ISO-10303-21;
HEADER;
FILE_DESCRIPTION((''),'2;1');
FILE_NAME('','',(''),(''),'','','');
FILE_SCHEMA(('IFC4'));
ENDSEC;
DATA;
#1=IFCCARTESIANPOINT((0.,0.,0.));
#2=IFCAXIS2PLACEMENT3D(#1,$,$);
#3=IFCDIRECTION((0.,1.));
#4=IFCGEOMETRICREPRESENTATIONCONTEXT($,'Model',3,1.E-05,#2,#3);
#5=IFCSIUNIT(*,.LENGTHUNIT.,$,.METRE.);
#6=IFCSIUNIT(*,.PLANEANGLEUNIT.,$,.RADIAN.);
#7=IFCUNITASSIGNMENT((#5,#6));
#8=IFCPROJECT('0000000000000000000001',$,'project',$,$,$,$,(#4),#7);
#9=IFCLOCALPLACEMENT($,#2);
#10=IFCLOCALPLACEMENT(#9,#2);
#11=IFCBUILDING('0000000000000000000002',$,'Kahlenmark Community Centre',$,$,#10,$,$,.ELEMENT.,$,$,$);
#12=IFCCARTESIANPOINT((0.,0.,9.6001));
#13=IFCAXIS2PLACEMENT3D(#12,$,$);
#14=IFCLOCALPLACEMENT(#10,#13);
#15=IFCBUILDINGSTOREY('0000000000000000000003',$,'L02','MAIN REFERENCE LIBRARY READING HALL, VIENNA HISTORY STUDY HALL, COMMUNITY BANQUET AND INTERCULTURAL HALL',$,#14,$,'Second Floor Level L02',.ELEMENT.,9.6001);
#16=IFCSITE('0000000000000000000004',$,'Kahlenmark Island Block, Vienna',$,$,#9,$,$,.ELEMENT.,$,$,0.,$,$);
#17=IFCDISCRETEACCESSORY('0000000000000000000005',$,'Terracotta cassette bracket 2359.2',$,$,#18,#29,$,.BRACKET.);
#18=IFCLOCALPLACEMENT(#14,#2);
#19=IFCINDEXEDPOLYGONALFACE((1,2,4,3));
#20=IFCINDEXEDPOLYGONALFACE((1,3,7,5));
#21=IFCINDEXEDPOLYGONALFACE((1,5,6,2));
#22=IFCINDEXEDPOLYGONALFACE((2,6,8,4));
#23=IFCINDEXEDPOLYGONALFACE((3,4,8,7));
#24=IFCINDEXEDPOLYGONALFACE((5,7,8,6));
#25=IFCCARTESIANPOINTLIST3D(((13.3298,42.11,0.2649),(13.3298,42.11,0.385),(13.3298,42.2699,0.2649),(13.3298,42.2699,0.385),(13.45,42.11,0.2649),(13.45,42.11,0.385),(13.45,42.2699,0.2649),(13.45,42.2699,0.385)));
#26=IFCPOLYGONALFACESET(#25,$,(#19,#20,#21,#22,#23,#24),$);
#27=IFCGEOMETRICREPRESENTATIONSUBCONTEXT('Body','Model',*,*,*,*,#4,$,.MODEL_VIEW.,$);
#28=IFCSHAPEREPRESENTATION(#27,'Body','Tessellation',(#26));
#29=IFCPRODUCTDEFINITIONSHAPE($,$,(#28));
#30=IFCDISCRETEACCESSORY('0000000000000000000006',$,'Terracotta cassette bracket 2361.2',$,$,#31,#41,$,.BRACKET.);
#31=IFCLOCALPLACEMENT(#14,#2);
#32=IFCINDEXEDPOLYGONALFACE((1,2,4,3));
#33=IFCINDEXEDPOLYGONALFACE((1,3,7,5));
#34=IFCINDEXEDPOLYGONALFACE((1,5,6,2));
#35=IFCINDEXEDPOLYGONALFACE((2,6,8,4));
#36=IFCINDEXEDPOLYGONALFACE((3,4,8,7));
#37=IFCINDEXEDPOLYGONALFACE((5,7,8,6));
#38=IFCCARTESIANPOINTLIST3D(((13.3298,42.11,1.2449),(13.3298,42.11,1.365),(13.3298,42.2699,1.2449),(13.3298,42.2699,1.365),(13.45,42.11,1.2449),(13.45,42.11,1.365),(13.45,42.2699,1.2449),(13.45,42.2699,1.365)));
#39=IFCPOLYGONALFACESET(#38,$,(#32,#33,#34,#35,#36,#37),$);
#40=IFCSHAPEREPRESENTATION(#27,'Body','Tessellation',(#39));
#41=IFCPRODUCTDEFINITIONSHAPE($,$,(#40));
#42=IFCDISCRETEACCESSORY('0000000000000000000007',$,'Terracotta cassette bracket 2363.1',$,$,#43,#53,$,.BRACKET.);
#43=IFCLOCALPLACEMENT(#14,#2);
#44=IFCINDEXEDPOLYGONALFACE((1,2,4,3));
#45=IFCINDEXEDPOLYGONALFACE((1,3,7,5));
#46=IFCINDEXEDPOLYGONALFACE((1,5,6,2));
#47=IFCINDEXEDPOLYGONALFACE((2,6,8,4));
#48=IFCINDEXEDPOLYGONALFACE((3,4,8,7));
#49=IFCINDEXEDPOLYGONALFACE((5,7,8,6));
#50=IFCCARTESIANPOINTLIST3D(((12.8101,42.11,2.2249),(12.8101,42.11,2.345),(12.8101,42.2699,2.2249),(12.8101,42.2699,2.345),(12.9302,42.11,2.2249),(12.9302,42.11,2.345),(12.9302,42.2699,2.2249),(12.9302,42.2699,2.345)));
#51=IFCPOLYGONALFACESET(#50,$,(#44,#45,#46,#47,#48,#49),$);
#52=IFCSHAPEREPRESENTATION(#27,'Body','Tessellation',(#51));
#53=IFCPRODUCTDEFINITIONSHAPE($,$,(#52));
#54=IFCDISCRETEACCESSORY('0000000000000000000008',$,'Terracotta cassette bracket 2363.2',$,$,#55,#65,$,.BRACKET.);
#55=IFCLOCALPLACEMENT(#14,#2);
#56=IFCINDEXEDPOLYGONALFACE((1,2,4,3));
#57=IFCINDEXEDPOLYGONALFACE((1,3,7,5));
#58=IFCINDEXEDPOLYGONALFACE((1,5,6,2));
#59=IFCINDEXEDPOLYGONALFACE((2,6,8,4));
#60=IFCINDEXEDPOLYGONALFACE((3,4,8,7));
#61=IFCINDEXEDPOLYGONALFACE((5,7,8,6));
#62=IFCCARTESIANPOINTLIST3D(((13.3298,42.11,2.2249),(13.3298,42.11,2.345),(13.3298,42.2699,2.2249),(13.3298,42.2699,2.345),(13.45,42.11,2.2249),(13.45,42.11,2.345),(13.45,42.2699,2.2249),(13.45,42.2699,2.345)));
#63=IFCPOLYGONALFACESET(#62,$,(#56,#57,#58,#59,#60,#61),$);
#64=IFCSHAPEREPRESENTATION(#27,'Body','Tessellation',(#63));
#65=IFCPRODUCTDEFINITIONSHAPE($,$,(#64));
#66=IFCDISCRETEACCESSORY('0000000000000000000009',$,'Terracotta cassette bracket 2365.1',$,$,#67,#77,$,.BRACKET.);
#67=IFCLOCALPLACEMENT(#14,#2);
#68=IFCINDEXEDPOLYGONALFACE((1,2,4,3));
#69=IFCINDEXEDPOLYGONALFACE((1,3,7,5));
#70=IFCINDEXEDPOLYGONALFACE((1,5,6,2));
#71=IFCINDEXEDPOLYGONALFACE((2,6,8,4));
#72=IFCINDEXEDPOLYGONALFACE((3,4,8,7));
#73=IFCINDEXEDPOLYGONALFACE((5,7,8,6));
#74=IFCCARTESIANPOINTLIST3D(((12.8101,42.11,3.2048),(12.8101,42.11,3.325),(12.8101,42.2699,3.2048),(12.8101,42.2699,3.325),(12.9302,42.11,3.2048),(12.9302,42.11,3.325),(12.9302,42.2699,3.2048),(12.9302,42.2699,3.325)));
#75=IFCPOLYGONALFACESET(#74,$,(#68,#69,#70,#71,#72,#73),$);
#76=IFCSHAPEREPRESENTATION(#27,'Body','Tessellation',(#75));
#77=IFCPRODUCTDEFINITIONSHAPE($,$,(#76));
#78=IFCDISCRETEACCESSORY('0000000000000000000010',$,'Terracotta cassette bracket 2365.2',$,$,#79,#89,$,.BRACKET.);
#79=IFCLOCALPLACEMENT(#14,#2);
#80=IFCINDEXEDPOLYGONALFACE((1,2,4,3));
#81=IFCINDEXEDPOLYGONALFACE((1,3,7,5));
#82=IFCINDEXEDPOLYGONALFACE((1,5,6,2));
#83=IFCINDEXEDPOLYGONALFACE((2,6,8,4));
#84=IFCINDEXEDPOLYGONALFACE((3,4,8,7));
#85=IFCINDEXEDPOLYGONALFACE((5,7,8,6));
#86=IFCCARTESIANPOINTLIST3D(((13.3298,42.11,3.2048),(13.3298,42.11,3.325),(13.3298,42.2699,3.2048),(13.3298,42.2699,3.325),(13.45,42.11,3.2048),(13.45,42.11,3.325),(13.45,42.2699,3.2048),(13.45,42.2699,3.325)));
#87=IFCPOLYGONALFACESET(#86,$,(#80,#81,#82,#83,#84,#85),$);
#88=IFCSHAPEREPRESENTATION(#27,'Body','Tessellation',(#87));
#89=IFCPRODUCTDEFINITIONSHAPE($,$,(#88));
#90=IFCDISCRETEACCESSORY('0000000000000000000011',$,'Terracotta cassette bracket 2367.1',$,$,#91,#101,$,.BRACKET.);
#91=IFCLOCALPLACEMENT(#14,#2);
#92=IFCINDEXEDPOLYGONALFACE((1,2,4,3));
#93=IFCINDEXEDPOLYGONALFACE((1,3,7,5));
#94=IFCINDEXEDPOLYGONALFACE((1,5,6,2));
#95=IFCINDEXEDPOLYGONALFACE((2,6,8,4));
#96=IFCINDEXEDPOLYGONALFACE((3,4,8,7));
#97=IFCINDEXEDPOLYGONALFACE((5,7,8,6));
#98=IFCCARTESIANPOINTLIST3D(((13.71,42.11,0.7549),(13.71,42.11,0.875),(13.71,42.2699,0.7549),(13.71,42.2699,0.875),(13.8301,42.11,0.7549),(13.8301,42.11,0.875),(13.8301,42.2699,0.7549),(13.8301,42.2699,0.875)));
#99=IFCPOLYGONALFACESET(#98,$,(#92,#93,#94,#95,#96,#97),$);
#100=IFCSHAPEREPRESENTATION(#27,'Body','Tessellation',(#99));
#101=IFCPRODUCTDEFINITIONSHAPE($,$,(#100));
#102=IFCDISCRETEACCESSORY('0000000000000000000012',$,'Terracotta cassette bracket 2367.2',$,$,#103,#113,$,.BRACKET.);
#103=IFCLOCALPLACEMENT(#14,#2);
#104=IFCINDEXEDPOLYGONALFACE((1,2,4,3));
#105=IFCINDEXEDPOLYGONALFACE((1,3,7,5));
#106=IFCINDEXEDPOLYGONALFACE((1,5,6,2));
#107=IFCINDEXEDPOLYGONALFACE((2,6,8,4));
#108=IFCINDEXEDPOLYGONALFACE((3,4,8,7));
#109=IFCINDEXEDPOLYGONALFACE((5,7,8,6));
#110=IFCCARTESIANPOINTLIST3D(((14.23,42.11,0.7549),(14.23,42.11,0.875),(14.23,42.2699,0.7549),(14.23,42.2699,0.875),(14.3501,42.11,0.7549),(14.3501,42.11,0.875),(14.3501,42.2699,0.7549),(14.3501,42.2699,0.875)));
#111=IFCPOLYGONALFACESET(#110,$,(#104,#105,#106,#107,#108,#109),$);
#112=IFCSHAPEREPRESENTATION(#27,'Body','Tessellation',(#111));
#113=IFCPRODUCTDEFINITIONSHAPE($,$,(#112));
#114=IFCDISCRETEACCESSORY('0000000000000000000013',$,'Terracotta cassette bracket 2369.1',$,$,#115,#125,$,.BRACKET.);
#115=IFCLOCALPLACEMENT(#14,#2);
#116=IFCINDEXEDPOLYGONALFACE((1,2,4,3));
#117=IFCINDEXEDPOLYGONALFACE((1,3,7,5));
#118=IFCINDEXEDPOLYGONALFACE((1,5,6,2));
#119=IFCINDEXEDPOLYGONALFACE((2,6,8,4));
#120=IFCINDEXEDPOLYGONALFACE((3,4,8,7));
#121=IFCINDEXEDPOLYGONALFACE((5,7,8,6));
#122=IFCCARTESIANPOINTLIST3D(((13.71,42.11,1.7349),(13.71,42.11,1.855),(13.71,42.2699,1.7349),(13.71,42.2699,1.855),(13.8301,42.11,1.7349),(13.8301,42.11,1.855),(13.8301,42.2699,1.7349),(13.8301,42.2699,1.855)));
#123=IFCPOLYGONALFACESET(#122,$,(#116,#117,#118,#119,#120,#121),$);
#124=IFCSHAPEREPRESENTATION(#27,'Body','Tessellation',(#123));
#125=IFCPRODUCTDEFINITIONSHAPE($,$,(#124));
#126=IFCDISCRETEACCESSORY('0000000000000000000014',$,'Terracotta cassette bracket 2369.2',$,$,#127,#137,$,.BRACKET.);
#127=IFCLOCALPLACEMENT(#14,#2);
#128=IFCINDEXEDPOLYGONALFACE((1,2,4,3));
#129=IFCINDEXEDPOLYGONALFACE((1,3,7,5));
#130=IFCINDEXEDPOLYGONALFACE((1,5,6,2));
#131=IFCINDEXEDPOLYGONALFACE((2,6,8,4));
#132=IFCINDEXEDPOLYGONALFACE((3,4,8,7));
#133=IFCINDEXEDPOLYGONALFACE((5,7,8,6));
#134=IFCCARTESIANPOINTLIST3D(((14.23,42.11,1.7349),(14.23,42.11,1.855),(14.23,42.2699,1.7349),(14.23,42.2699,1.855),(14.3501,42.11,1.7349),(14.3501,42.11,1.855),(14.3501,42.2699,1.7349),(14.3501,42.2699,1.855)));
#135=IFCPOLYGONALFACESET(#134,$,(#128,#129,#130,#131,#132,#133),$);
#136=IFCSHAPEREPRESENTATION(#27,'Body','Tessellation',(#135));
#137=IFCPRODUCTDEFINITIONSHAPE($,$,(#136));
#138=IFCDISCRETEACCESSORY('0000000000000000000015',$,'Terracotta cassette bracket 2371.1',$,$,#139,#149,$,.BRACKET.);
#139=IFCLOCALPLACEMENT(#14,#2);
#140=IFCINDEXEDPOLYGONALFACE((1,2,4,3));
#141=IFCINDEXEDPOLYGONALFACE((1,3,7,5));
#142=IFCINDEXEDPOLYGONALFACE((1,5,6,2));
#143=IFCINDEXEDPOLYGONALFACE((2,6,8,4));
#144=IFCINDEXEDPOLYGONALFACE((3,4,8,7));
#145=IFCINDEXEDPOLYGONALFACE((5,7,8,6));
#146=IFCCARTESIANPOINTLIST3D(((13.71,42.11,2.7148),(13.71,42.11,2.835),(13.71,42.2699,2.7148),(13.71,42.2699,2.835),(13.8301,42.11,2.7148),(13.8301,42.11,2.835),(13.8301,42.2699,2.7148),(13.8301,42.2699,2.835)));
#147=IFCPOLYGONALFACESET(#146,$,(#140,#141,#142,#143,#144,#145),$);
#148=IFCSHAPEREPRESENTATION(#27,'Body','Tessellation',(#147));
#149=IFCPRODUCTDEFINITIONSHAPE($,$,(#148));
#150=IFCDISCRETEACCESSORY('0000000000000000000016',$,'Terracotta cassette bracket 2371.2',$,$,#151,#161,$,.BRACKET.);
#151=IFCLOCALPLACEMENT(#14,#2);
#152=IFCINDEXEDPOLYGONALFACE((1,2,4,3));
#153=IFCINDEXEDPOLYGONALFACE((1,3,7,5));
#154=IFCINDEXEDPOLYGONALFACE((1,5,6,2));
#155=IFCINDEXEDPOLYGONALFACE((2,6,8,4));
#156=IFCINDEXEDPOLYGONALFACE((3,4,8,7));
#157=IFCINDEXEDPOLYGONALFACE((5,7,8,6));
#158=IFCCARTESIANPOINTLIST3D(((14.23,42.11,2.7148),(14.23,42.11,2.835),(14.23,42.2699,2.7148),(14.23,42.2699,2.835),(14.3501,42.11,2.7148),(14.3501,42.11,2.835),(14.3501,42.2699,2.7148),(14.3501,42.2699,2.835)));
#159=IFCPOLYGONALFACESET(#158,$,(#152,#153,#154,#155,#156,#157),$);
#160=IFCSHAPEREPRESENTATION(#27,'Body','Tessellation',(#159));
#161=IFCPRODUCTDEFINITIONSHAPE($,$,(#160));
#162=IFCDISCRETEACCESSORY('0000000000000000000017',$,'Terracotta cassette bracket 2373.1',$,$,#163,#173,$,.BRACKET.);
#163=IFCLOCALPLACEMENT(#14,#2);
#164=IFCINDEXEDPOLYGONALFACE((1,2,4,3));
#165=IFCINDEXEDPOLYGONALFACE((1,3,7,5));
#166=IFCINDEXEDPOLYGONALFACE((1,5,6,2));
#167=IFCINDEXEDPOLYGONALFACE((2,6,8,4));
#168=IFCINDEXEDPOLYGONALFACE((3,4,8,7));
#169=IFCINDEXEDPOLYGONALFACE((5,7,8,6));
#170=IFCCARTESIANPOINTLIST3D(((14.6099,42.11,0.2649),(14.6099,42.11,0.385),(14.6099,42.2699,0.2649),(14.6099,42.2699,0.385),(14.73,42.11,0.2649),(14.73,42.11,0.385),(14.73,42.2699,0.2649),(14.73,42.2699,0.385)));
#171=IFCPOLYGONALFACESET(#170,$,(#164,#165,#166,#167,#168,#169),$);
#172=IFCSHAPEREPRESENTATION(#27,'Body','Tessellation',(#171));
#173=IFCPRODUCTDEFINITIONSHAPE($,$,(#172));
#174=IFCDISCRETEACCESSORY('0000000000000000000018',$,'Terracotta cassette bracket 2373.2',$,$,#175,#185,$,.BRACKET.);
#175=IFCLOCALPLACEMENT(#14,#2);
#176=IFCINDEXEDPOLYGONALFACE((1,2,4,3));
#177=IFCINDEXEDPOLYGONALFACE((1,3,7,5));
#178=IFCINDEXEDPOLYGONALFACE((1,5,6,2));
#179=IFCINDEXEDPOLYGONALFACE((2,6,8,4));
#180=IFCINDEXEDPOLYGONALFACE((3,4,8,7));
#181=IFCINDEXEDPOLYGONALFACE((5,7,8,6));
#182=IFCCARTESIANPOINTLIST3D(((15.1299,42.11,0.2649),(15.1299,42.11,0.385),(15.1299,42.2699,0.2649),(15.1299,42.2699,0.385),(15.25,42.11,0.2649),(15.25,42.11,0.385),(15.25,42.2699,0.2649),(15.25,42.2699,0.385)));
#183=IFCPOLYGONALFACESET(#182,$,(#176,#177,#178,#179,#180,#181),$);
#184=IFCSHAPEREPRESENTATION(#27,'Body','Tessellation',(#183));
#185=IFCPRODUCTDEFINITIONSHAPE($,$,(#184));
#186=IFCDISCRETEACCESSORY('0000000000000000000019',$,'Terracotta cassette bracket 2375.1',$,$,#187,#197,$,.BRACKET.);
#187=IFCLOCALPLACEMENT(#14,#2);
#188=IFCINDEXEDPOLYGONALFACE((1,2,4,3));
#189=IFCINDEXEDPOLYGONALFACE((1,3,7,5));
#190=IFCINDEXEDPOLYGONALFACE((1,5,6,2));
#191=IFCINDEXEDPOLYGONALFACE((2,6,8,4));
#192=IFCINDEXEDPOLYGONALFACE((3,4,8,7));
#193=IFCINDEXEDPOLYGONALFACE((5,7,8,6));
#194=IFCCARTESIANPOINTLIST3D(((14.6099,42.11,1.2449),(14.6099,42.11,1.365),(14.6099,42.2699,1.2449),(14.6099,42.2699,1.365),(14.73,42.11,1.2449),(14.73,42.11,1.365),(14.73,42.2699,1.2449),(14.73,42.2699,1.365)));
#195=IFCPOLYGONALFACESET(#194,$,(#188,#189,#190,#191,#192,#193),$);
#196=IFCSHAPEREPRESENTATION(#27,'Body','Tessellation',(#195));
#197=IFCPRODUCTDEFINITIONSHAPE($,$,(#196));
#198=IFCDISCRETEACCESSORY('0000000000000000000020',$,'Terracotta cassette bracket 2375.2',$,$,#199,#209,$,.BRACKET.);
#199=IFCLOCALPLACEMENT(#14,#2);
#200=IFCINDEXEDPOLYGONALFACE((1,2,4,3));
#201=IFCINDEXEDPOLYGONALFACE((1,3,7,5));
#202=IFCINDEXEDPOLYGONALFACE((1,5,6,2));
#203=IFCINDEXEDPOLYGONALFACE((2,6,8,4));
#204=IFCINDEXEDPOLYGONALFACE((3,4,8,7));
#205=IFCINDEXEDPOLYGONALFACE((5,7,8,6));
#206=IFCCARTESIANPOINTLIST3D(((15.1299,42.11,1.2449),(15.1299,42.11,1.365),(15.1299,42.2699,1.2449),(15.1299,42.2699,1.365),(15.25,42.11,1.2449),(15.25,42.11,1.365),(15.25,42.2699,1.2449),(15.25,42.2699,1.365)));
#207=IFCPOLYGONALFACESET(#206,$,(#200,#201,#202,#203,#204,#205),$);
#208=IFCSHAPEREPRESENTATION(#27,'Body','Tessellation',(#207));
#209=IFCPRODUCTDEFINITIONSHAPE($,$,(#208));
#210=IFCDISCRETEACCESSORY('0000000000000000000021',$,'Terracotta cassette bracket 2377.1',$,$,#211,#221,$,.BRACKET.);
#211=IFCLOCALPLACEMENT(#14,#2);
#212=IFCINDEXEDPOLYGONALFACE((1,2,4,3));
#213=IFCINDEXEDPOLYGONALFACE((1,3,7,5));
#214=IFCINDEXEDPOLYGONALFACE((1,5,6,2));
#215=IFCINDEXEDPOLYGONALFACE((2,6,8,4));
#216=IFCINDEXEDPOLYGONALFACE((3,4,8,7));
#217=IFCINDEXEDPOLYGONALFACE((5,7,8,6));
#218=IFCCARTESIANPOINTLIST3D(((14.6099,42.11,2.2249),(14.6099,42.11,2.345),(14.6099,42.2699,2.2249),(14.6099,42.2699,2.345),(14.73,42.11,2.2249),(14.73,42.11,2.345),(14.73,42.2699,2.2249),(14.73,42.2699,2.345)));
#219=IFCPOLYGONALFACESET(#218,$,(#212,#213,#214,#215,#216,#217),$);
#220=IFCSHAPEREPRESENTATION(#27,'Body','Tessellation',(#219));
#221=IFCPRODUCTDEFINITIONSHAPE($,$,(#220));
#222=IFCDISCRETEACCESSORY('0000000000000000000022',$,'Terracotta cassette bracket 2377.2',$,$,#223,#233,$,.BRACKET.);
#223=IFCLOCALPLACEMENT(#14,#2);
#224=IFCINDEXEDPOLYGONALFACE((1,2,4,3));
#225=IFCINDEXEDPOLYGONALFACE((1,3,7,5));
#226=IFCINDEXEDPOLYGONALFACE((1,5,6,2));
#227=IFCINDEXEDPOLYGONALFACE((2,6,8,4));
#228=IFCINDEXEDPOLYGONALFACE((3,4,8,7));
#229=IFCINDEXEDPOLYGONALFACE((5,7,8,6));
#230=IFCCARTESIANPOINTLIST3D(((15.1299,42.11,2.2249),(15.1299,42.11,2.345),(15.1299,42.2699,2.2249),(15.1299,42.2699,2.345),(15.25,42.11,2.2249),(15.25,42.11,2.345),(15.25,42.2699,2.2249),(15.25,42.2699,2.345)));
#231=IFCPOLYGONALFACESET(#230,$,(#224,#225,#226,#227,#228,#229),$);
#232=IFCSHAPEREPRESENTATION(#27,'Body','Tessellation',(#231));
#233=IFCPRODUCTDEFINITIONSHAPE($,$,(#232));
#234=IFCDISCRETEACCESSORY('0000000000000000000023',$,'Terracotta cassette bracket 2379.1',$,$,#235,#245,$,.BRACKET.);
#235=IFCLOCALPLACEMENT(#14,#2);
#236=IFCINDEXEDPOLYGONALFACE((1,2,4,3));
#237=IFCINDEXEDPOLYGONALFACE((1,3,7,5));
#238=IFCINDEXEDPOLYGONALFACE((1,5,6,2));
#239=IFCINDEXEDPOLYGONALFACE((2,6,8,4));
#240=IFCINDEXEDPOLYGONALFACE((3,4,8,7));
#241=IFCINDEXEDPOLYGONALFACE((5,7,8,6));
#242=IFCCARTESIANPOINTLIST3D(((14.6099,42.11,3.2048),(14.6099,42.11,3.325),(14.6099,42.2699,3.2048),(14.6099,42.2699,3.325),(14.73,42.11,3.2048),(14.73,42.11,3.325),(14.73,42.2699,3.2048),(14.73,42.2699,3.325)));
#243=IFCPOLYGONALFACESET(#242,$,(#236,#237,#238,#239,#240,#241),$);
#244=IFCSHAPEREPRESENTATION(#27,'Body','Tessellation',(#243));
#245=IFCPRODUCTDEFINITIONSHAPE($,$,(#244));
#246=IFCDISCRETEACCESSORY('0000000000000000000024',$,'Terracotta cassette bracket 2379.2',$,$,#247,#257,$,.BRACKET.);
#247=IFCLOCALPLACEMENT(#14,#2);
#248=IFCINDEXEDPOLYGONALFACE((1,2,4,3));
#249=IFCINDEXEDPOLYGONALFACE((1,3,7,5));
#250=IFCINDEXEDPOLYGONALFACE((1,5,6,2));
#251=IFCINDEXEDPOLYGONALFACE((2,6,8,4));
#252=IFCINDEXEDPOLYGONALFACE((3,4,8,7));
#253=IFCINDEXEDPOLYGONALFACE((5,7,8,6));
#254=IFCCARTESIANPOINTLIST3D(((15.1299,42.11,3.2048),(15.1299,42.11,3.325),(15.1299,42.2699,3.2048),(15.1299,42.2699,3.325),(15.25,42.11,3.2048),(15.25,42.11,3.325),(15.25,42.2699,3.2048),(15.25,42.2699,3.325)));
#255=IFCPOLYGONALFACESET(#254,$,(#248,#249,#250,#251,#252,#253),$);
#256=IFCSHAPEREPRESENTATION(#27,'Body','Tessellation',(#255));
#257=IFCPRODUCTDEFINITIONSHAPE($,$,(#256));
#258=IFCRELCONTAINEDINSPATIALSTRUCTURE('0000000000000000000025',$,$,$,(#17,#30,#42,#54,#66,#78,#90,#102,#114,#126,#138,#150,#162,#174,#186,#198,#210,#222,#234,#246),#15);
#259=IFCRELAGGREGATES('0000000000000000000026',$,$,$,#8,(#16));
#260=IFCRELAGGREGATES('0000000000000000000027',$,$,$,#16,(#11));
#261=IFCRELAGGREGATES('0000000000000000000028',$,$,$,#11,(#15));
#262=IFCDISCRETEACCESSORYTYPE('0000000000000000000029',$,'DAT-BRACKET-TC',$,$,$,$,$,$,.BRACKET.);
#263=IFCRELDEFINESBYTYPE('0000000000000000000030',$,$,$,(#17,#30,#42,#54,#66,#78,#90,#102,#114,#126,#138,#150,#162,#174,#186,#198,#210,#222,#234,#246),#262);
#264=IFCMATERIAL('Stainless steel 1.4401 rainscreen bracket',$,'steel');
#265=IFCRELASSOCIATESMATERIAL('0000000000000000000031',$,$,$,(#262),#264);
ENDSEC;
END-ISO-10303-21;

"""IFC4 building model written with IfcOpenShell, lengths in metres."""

from ifc_helpers import new_model, si_unit, direction, frame, origin, origin_2d, place, context, subcontext, project, spatial, rectangle, extrude, material, type_object, element, save


model = new_model("IFC4")

# Units and contexts
model_context = context("Model", 3, precision=1e-05, world=origin(), true_north=direction((0.0, 1.0)))
body_context = subcontext(model_context, "Body", "Model", "MODEL_VIEW")
ifc_project = project(units=[si_unit("LENGTHUNIT", "METRE"), si_unit("PLANEANGLEUNIT", "RADIAN")], contexts=[model_context])

# Site, building, storey
site_placement = place(None, origin())
site = spatial("IfcSite", under=ifc_project, at=site_placement, Name="Kahlenmark Island Block, Vienna", CompositionType="ELEMENT", RefElevation=0.0)
building_placement = place(site_placement, origin())
building = spatial("IfcBuilding", under=site, at=building_placement, Name="Kahlenmark Community Centre", CompositionType="ELEMENT")
storey_placement = place(building_placement, frame((0.0, 0.0, 9.6001)))
storey = spatial("IfcBuildingStorey", under=building, at=storey_placement, Name="L02", Description="MAIN REFERENCE LIBRARY READING HALL, VIENNA HISTORY STUDY HALL, COMMUNITY BANQUET AND INTERCULTURAL HALL", LongName="Second Floor Level L02", CompositionType="ELEMENT", Elevation=9.6001)

# Discrete accessories
ifc_material_1 = material(Name="Stainless steel 1.4401 rainscreen bracket", Category="steel")
discrete_accessory_type = type_object("IfcDiscreteAccessoryType", Name="DAT-BRACKET-TC", PredefinedType="BRACKET", material=ifc_material_1)
for number, where, z_axis, x_axis, name in (
    (1, (13.3899, 42.1899, 0.2649), (0.0, 0.0, 1.0), (1.0, 0.0, 0.0), "Terracotta cassette bracket 2359.2"),
    (2, (13.3899, 42.1899, 1.2449), (0.0, 0.0, 1.0), (1.0, 0.0, 0.0), "Terracotta cassette bracket 2361.2"),
    (3, (12.8701, 42.1899, 2.2249), (0.0, 0.0, 1.0), (1.0, 0.0, 0.0), "Terracotta cassette bracket 2363.1"),
    (4, (13.3899, 42.1899, 2.2249), (0.0, 0.0, 1.0), (1.0, 0.0, 0.0), "Terracotta cassette bracket 2363.2"),
    (5, (12.8701, 42.1899, 3.2048), (0.0, 0.0, 1.0), (1.0, 0.0, 0.0), "Terracotta cassette bracket 2365.1"),
    (6, (13.3899, 42.1899, 3.2048), (0.0, 0.0, 1.0), (1.0, 0.0, 0.0), "Terracotta cassette bracket 2365.2"),
    (7, (13.77, 42.1899, 0.7549), (0.0, 0.0, 1.0), (1.0, 0.0, 0.0), "Terracotta cassette bracket 2367.1"),
    (8, (14.29, 42.1899, 0.7549), (0.0, 0.0, 1.0), (1.0, 0.0, 0.0), "Terracotta cassette bracket 2367.2"),
    (9, (13.77, 42.1899, 1.7349), (0.0, 0.0, 1.0), (1.0, 0.0, 0.0), "Terracotta cassette bracket 2369.1"),
    (10, (14.29, 42.1899, 1.7349), (0.0, 0.0, 1.0), (1.0, 0.0, 0.0), "Terracotta cassette bracket 2369.2"),
    (11, (13.77, 42.1899, 2.7148), (0.0, 0.0, 1.0), (1.0, 0.0, 0.0), "Terracotta cassette bracket 2371.1"),
    (12, (14.29, 42.1899, 2.7148), (0.0, 0.0, 1.0), (1.0, 0.0, 0.0), "Terracotta cassette bracket 2371.2"),
    (13, (14.6699, 42.1899, 0.2649), (0.0, 0.0, 1.0), (1.0, 0.0, 0.0), "Terracotta cassette bracket 2373.1"),
    (14, (15.1899, 42.1899, 0.2649), (0.0, 0.0, 1.0), (1.0, 0.0, 0.0), "Terracotta cassette bracket 2373.2"),
    (15, (14.6699, 42.1899, 1.2449), (0.0, 0.0, 1.0), (1.0, 0.0, 0.0), "Terracotta cassette bracket 2375.1"),
    (16, (15.1899, 42.1899, 1.2449), (0.0, 0.0, 1.0), (1.0, 0.0, 0.0), "Terracotta cassette bracket 2375.2"),
    (17, (14.6699, 42.1899, 2.2249), (0.0, 0.0, 1.0), (1.0, 0.0, 0.0), "Terracotta cassette bracket 2377.1"),
    (18, (15.1899, 42.1899, 2.2249), (0.0, 0.0, 1.0), (1.0, 0.0, 0.0), "Terracotta cassette bracket 2377.2"),
    (19, (14.6699, 42.1899, 3.2048), (0.0, 0.0, 1.0), (1.0, 0.0, 0.0), "Terracotta cassette bracket 2379.1"),
    (20, (15.1899, 42.1899, 3.2048), (0.0, 0.0, 1.0), (1.0, 0.0, 0.0), "Terracotta cassette bracket 2379.2"),
):
    element("IfcDiscreteAccessory", number, at=place(storey_placement, frame(where, z_axis=z_axis, x_axis=x_axis)), inside=storey, type_object=discrete_accessory_type, Name=name, PredefinedType="BRACKET", context=body_context, shape_type="SweptSolid", body=[
        extrude(rectangle(XDim=0.1201, YDim=0.1599, at=origin_2d()), origin(), (0.0, 0.0, 1.0), 0.1201),
    ])

save(model, "model.ifc")
